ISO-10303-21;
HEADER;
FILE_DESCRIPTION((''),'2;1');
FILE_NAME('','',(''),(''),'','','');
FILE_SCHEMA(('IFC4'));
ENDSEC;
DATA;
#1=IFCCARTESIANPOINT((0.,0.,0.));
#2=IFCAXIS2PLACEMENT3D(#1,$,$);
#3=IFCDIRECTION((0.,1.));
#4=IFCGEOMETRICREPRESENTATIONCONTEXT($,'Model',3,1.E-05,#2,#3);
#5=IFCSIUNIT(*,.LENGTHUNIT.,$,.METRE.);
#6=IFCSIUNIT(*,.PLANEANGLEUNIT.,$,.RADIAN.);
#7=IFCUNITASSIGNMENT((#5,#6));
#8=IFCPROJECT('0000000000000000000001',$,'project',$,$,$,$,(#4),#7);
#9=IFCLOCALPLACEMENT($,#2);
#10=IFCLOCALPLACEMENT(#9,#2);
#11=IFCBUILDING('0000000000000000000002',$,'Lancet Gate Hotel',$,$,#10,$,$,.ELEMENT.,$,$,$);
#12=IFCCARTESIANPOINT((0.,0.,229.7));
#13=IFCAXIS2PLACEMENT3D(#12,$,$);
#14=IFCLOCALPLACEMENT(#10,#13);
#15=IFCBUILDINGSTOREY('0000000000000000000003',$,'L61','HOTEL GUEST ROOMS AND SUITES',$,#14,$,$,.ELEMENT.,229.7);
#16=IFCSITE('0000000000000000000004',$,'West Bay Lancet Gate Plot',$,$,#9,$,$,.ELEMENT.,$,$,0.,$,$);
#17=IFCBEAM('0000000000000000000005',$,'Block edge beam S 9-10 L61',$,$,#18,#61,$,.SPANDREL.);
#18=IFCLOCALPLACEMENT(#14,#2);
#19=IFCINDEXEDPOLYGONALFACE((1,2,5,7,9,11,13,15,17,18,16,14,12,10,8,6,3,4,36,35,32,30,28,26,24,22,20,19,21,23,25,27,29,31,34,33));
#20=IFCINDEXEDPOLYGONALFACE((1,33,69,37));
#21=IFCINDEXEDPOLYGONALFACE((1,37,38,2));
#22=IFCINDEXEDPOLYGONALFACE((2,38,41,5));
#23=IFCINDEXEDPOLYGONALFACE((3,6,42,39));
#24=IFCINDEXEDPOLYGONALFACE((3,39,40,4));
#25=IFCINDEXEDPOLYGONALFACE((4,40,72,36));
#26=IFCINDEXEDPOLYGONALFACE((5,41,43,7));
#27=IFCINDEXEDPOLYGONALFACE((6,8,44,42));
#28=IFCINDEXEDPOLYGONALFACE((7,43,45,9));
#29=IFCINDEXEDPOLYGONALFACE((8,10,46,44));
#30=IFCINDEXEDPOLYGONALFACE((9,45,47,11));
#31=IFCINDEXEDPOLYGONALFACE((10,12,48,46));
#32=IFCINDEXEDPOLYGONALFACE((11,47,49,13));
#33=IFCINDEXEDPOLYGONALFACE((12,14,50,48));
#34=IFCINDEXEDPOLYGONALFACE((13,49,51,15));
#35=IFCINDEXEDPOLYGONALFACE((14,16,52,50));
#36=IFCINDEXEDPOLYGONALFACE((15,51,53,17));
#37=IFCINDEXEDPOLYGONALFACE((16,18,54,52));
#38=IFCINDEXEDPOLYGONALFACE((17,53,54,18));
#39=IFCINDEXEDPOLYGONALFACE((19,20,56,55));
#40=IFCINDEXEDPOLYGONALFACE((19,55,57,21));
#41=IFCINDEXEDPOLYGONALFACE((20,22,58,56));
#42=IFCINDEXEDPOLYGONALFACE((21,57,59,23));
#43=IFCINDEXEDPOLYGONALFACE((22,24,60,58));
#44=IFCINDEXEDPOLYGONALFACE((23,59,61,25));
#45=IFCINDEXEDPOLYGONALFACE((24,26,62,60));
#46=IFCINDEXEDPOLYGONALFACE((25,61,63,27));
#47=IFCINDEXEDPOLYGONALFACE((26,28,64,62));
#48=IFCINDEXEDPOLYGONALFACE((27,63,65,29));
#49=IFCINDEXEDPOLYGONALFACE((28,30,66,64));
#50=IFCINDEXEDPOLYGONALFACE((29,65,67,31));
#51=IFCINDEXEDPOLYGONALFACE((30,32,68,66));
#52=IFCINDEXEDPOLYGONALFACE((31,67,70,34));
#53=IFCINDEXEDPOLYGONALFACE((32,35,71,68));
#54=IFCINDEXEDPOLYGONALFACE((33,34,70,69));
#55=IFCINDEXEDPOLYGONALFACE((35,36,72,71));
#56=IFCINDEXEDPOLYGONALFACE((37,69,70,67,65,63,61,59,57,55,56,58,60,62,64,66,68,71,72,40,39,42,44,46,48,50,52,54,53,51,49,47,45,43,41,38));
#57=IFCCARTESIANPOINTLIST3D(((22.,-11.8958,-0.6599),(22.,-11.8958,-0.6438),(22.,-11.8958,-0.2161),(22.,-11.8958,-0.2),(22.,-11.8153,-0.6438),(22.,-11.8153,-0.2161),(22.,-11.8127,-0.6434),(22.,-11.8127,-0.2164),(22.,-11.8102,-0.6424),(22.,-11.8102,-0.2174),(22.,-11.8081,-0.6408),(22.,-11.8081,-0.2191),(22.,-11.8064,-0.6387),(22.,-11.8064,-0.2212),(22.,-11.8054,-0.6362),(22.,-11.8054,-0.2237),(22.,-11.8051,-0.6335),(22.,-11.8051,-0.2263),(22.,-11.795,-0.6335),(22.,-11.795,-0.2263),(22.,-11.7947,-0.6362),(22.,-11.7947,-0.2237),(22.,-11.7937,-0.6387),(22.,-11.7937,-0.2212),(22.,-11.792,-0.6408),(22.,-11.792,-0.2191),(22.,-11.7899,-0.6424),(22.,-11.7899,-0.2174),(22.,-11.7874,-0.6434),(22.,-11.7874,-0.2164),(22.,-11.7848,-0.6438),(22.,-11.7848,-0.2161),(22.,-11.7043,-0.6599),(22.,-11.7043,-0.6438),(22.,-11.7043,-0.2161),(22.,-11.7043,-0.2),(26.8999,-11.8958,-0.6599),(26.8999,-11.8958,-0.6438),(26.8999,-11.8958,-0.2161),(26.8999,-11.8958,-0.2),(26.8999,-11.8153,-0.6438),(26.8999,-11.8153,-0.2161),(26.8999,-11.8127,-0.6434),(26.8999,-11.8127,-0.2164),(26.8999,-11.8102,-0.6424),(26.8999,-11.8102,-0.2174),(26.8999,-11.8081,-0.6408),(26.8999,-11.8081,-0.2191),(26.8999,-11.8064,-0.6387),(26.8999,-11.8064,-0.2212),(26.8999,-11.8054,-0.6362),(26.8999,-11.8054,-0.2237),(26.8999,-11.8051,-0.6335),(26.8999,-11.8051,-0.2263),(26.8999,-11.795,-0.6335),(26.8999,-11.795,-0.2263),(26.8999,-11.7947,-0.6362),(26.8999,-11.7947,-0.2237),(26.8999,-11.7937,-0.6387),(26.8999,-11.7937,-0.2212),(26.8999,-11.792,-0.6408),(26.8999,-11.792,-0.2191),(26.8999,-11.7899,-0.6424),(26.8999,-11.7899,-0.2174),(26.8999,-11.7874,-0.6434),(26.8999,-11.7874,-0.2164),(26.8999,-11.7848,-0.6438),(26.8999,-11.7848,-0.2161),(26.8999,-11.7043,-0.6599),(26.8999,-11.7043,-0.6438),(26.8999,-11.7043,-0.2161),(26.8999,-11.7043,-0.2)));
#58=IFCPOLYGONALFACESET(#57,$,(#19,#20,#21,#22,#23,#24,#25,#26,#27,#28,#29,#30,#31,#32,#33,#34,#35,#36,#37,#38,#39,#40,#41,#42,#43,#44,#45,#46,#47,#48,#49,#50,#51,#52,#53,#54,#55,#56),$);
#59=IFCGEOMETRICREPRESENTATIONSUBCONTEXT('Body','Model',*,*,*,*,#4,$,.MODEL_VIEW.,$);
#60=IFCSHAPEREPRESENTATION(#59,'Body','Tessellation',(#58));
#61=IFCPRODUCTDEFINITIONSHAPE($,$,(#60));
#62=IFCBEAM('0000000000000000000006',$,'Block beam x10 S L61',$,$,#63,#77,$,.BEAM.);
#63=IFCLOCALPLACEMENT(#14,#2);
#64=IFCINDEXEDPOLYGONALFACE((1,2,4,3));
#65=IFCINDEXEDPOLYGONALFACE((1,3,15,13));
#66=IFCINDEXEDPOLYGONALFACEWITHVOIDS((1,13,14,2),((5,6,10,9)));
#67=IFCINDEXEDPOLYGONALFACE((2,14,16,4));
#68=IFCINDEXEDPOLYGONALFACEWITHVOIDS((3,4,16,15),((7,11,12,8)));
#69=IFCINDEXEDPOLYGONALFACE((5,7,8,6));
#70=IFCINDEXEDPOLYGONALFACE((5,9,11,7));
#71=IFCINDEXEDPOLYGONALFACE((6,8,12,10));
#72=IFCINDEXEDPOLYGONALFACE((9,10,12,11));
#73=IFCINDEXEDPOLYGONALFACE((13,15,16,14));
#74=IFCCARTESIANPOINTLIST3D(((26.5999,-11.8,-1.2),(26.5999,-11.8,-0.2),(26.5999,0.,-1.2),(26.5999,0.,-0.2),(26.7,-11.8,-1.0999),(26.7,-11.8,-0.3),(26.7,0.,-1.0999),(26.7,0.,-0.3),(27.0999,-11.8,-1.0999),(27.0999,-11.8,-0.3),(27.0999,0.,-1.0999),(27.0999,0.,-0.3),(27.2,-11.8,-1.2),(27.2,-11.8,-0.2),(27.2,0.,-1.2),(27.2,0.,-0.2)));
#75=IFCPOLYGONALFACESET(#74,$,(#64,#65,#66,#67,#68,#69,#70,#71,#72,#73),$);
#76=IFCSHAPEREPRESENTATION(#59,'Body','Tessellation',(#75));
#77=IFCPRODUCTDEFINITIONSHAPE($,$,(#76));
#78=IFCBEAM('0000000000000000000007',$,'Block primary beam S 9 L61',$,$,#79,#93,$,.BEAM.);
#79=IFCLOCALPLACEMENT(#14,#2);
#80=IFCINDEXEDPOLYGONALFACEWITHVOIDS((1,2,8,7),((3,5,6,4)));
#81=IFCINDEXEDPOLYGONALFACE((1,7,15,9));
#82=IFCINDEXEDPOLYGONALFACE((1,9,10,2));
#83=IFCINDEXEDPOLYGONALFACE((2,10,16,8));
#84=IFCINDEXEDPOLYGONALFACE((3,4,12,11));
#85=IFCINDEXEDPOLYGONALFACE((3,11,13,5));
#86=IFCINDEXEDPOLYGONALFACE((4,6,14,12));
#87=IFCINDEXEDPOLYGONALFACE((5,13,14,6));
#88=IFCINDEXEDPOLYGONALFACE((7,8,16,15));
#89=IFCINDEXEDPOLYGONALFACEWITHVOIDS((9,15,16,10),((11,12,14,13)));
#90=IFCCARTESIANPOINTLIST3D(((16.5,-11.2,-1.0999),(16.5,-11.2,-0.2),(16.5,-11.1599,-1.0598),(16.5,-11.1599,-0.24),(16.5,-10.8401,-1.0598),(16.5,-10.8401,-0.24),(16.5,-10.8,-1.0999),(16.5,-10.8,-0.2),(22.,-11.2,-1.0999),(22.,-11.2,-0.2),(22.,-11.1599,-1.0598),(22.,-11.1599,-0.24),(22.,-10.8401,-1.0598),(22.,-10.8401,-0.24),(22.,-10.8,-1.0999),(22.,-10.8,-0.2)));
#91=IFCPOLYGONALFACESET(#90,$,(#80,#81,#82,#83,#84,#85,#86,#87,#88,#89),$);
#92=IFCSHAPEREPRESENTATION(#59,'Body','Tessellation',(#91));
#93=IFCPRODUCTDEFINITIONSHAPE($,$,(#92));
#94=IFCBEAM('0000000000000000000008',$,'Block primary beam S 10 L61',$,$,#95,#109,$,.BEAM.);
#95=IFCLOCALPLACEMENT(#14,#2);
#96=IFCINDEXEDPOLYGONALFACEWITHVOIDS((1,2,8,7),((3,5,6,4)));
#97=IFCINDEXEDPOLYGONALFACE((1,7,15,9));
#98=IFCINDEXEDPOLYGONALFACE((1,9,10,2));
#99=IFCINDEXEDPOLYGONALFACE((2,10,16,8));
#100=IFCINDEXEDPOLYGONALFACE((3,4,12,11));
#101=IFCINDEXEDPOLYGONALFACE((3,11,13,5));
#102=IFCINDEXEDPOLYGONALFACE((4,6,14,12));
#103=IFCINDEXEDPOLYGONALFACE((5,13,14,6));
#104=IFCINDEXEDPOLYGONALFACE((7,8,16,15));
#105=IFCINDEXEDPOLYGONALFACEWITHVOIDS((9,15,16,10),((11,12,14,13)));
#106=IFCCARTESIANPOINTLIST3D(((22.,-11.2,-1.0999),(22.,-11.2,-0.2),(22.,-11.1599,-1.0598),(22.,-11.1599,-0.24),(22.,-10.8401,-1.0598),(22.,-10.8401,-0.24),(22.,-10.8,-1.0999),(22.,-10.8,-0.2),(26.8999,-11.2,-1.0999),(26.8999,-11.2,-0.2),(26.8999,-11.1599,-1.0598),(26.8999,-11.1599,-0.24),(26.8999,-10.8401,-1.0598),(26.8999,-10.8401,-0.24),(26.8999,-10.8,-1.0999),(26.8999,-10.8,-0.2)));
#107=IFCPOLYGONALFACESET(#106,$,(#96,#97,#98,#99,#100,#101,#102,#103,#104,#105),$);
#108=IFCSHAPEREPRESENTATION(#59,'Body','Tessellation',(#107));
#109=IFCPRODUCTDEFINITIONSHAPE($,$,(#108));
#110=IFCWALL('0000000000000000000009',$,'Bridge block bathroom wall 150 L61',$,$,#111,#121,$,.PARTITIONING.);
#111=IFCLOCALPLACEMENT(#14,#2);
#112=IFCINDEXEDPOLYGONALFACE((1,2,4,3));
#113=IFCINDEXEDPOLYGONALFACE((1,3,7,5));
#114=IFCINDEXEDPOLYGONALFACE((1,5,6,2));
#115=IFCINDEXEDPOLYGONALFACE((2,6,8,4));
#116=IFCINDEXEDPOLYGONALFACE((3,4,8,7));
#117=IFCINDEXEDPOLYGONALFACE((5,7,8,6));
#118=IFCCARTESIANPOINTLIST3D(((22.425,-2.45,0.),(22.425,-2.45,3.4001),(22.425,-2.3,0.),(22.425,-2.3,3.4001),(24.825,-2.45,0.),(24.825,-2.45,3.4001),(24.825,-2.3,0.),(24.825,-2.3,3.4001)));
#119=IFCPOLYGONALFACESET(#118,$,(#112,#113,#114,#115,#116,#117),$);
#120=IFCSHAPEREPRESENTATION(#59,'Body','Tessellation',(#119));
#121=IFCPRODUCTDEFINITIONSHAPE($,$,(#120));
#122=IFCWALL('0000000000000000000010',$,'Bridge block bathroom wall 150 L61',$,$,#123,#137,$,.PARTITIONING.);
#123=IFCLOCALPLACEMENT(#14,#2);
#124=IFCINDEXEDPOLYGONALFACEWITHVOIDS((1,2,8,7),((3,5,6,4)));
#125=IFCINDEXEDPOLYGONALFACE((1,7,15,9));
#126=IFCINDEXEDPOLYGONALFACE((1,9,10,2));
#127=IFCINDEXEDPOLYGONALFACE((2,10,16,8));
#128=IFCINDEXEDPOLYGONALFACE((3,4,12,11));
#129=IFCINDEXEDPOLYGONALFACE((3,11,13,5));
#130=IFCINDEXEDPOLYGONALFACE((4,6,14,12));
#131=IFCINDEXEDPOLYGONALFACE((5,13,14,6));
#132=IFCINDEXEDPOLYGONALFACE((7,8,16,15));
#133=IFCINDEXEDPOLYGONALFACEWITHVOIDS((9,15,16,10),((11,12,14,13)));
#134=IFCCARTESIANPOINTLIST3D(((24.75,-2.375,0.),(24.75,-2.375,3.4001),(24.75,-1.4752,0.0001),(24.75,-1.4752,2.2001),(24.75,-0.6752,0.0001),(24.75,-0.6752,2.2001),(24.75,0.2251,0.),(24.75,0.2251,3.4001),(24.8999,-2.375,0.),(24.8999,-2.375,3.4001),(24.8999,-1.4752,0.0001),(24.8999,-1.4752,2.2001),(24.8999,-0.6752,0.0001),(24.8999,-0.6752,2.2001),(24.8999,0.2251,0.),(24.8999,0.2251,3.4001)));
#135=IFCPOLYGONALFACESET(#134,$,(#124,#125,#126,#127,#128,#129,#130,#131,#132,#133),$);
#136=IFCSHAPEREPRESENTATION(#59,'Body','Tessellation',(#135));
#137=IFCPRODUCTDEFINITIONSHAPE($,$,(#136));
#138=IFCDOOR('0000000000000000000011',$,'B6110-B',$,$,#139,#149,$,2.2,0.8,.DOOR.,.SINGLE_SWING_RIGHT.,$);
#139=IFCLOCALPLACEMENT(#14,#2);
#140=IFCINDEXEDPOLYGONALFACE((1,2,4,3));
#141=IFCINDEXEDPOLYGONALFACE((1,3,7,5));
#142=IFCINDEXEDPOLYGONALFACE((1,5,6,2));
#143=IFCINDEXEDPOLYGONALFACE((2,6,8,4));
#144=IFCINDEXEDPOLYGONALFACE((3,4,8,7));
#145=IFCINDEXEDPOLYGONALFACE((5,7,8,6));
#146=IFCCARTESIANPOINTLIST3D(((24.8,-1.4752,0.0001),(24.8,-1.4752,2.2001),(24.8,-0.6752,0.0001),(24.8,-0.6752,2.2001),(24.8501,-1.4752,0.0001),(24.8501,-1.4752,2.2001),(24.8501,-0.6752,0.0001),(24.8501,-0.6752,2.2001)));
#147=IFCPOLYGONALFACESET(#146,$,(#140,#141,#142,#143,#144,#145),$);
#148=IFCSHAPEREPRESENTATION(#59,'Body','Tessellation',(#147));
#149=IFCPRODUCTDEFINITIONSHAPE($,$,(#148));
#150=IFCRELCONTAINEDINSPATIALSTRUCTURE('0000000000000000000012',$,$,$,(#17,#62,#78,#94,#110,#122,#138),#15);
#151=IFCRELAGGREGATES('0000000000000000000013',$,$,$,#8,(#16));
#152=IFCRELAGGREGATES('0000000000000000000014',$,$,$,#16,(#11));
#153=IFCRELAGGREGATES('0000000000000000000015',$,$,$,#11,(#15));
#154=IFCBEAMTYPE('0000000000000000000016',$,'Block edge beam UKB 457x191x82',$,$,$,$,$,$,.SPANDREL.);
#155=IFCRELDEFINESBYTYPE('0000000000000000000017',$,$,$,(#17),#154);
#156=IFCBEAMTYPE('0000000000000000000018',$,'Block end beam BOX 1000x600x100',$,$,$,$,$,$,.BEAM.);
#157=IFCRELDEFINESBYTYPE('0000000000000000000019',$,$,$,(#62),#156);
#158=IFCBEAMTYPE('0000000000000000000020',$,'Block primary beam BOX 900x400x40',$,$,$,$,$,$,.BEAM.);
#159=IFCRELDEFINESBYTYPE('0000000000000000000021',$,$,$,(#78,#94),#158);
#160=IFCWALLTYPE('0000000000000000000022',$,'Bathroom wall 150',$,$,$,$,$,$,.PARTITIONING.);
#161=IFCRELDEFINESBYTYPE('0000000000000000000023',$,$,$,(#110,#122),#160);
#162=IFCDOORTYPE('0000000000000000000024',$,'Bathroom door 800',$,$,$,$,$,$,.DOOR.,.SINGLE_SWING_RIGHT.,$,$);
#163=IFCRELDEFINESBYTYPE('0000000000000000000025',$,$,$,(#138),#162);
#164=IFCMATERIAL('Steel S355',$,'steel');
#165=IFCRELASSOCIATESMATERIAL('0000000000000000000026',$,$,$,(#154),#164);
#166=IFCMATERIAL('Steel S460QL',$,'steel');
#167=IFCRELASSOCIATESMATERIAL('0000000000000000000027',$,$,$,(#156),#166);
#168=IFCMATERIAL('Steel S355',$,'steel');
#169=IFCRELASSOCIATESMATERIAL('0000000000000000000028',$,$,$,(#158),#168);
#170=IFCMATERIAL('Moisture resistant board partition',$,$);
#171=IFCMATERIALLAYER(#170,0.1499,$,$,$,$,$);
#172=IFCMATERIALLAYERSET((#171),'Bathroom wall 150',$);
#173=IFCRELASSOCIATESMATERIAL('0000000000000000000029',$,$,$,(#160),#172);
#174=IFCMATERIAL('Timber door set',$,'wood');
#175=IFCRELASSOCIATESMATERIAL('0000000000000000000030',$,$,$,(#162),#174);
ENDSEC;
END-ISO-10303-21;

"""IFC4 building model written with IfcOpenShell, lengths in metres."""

from ifc_helpers import new_model, si_unit, direction, frame, frame_2d, origin, origin_2d, place, context, subcontext, project, spatial, rectangle, hollow_rectangle, i_section, extrude, material, layer, layer_set, material_profile, profile_set, type_object, element, fill, save


model = new_model("IFC4")

# Units and contexts
model_context = context("Model", 3, precision=1e-05, world=origin(), true_north=direction((0.0, 1.0)))
body_context = subcontext(model_context, "Body", "Model", "MODEL_VIEW")
ifc_project = project(units=[si_unit("LENGTHUNIT", "METRE"), si_unit("PLANEANGLEUNIT", "RADIAN")], contexts=[model_context])

# Site, building, storey
site_placement = place(None, origin())
site = spatial("IfcSite", under=ifc_project, at=site_placement, Name="West Bay Lancet Gate Plot", CompositionType="ELEMENT", RefElevation=0.0)
building_placement = place(site_placement, origin())
building = spatial("IfcBuilding", under=site, at=building_placement, Name="Lancet Gate Hotel", CompositionType="ELEMENT")
storey_placement = place(building_placement, frame((0.0, 0.0, 229.7)))
storey = spatial("IfcBuildingStorey", under=building, at=storey_placement, Name="L61", Description="HOTEL GUEST ROOMS AND SUITES", CompositionType="ELEMENT", Elevation=229.7)

# Beams
ifc_material_1 = material(Name="Steel S355", Category="steel")
ifc_material_profile_1 = material_profile(ifc_material_1, i_section(OverallWidth=0.1914, OverallDepth=0.46, WebThickness=0.01, FlangeThickness=0.0161, FilletRadius=0.0103, at=origin_2d()), Name="UKB 457x191x82")
ifc_profile_set_1 = profile_set([ifc_material_profile_1], Name="Steel S355")
beam_type_1 = type_object("IfcBeamType", Name="Block edge beam UKB 457x191x82", PredefinedType="SPANDREL", material=ifc_profile_set_1)
beam_1_placement = place(storey_placement, frame((22.0, -11.8, -0.4299), z_axis=(1.0, 0.0, 0.0), x_axis=(0.0, 1.0, 0.0)))
element("IfcBeam", 1, at=beam_1_placement, inside=storey, type_object=beam_type_1, Name="Block edge beam S 9-10 L61", PredefinedType="SPANDREL", context=body_context, shape_type="SweptSolid", body=[
    extrude(i_section(OverallWidth=0.1914, OverallDepth=0.46, WebThickness=0.01, FlangeThickness=0.0161, FilletRadius=0.0103, at=origin_2d()), origin(), (0.0, 0.0, 1.0), 4.8999),
])
ifc_material_2 = material(Name="Steel S460QL", Category="steel")
ifc_material_profile_2 = material_profile(ifc_material_2, hollow_rectangle(XDim=0.6001, YDim=1.0, WallThickness=0.1001, at=origin_2d()), Name="BOX 1000x600x100")
ifc_profile_set_2 = profile_set([ifc_material_profile_2], Name="Steel S460QL")
beam_type_2 = type_object("IfcBeamType", Name="Block end beam BOX 1000x600x100", PredefinedType="BEAM", material=ifc_profile_set_2)
beam_2_placement = place(storey_placement, frame((26.8999, -11.8, -0.7), z_axis=(0.0, 1.0, 0.0), x_axis=(-1.0, 0.0, 0.0)))
element("IfcBeam", 2, at=beam_2_placement, inside=storey, type_object=beam_type_2, Name="Block beam x10 S L61", PredefinedType="BEAM", context=body_context, shape_type="SweptSolid", body=[
    extrude(hollow_rectangle(XDim=0.6001, YDim=1.0, WallThickness=0.1001, at=origin_2d()), origin(), (0.0, 0.0, 1.0), 11.8),
])
ifc_material_3 = material(Name="Steel S355", Category="steel")
ifc_material_profile_3 = material_profile(ifc_material_3, hollow_rectangle(XDim=0.3999, YDim=0.8999, WallThickness=0.04, at=origin_2d()), Name="BOX 900x400x40")
ifc_profile_set_3 = profile_set([ifc_material_profile_3], Name="Steel S355")
beam_type_3 = type_object("IfcBeamType", Name="Block primary beam BOX 900x400x40", PredefinedType="BEAM", material=ifc_profile_set_3)
beam_3_placement = place(storey_placement, frame((16.5, -11.0, -0.6499), z_axis=(1.0, 0.0, 0.0), x_axis=(0.0, 1.0, 0.0)))
element("IfcBeam", 3, at=beam_3_placement, inside=storey, type_object=beam_type_3, Name="Block primary beam S 9 L61", PredefinedType="BEAM", context=body_context, shape_type="SweptSolid", body=[
    extrude(hollow_rectangle(XDim=0.3999, YDim=0.8999, WallThickness=0.04, at=origin_2d()), origin(), (0.0, 0.0, 1.0), 5.5),
])
beam_4_placement = place(storey_placement, frame((22.0, -11.0, -0.6499), z_axis=(1.0, 0.0, 0.0), x_axis=(0.0, 1.0, 0.0)))
element("IfcBeam", 4, at=beam_4_placement, inside=storey, type_object=beam_type_3, Name="Block primary beam S 10 L61", PredefinedType="BEAM", context=body_context, shape_type="SweptSolid", body=[
    extrude(hollow_rectangle(XDim=0.3999, YDim=0.8999, WallThickness=0.04, at=origin_2d()), origin(), (0.0, 0.0, 1.0), 4.8999),
])

# Wall
ifc_material_4 = material(Name="Moisture resistant board partition")
ifc_layer_1 = layer(ifc_material_4, 0.1499)
ifc_layer_set_1 = layer_set([ifc_layer_1], Name="Bathroom wall 150")
wall_type_1 = type_object("IfcWallType", Name="Bathroom wall 150", PredefinedType="PARTITIONING", material=ifc_layer_set_1)
wall_1_placement = place(storey_placement, frame((22.425, -2.375, 0.0), z_axis=(0.0, 0.0, 1.0), x_axis=(1.0, 0.0, 0.0)))
element("IfcWall", 5, at=wall_1_placement, inside=storey, type_object=wall_type_1, Name="Bridge block bathroom wall 150 L61", PredefinedType="PARTITIONING", context=body_context, shape_type="SweptSolid", body=[
    extrude(rectangle(XDim=2.3999, YDim=0.1499, at=frame_2d((1.2, 0.0))), origin(), (0.0, 0.0, 1.0), 3.4001),
])

# Wall, opening, door
wall_2_placement = place(storey_placement, frame((24.825, -2.375, 0.0), z_axis=(0.0, 0.0, 1.0), x_axis=(0.0, 1.0, 0.0)))
wall_2 = element("IfcWall", 6, at=wall_2_placement, inside=storey, type_object=wall_type_1, Name="Bridge block bathroom wall 150 L61", PredefinedType="PARTITIONING", context=body_context, shape_type="SweptSolid", body=[
    extrude(rectangle(XDim=2.6001, YDim=0.1499, at=frame_2d((1.3, 0.0))), origin(), (0.0, 0.0, 1.0), 3.4001),
])
opening_1_placement = place(wall_2_placement, frame((0.8999, 0.0, 0.0)))
opening_1 = element("IfcOpeningElement", 7, at=opening_1_placement, cuts=wall_2, PredefinedType="OPENING", context=body_context, shape_type="SweptSolid", body=[
    extrude(rectangle(XDim=0.8, YDim=2.2, at=frame_2d((0.3999, 1.1001))), frame((0.0, 0.085, 0.0), z_axis=(0.0, -1.0, 0.0), x_axis=(1.0, 0.0, 0.0)), (0.0, 0.0, 1.0), 0.1699),
])
ifc_material_5 = material(Name="Timber door set", Category="wood")
door_type_1 = type_object("IfcDoorType", Name="Bathroom door 800", OperationType="SINGLE_SWING_RIGHT", PredefinedType="DOOR", material=ifc_material_5)
door_1_placement = place(opening_1_placement, origin())
door_1 = element("IfcDoor", 8, at=door_1_placement, inside=storey, type_object=door_type_1, Name="B6110-B", OperationType="SINGLE_SWING_RIGHT", OverallHeight=2.2, OverallWidth=0.8, PredefinedType="DOOR", context=body_context, shape_type="SweptSolid", body=[
    extrude(rectangle(XDim=0.8, YDim=2.2, at=frame_2d((0.3999, 1.1001))), frame((0.0, 0.0249, 0.0), z_axis=(0.0, -1.0, 0.0), x_axis=(1.0, 0.0, 0.0)), (0.0, 0.0, 1.0), 0.05),
])
fill(opening_1, door_1)

save(model, "model.ifc")
